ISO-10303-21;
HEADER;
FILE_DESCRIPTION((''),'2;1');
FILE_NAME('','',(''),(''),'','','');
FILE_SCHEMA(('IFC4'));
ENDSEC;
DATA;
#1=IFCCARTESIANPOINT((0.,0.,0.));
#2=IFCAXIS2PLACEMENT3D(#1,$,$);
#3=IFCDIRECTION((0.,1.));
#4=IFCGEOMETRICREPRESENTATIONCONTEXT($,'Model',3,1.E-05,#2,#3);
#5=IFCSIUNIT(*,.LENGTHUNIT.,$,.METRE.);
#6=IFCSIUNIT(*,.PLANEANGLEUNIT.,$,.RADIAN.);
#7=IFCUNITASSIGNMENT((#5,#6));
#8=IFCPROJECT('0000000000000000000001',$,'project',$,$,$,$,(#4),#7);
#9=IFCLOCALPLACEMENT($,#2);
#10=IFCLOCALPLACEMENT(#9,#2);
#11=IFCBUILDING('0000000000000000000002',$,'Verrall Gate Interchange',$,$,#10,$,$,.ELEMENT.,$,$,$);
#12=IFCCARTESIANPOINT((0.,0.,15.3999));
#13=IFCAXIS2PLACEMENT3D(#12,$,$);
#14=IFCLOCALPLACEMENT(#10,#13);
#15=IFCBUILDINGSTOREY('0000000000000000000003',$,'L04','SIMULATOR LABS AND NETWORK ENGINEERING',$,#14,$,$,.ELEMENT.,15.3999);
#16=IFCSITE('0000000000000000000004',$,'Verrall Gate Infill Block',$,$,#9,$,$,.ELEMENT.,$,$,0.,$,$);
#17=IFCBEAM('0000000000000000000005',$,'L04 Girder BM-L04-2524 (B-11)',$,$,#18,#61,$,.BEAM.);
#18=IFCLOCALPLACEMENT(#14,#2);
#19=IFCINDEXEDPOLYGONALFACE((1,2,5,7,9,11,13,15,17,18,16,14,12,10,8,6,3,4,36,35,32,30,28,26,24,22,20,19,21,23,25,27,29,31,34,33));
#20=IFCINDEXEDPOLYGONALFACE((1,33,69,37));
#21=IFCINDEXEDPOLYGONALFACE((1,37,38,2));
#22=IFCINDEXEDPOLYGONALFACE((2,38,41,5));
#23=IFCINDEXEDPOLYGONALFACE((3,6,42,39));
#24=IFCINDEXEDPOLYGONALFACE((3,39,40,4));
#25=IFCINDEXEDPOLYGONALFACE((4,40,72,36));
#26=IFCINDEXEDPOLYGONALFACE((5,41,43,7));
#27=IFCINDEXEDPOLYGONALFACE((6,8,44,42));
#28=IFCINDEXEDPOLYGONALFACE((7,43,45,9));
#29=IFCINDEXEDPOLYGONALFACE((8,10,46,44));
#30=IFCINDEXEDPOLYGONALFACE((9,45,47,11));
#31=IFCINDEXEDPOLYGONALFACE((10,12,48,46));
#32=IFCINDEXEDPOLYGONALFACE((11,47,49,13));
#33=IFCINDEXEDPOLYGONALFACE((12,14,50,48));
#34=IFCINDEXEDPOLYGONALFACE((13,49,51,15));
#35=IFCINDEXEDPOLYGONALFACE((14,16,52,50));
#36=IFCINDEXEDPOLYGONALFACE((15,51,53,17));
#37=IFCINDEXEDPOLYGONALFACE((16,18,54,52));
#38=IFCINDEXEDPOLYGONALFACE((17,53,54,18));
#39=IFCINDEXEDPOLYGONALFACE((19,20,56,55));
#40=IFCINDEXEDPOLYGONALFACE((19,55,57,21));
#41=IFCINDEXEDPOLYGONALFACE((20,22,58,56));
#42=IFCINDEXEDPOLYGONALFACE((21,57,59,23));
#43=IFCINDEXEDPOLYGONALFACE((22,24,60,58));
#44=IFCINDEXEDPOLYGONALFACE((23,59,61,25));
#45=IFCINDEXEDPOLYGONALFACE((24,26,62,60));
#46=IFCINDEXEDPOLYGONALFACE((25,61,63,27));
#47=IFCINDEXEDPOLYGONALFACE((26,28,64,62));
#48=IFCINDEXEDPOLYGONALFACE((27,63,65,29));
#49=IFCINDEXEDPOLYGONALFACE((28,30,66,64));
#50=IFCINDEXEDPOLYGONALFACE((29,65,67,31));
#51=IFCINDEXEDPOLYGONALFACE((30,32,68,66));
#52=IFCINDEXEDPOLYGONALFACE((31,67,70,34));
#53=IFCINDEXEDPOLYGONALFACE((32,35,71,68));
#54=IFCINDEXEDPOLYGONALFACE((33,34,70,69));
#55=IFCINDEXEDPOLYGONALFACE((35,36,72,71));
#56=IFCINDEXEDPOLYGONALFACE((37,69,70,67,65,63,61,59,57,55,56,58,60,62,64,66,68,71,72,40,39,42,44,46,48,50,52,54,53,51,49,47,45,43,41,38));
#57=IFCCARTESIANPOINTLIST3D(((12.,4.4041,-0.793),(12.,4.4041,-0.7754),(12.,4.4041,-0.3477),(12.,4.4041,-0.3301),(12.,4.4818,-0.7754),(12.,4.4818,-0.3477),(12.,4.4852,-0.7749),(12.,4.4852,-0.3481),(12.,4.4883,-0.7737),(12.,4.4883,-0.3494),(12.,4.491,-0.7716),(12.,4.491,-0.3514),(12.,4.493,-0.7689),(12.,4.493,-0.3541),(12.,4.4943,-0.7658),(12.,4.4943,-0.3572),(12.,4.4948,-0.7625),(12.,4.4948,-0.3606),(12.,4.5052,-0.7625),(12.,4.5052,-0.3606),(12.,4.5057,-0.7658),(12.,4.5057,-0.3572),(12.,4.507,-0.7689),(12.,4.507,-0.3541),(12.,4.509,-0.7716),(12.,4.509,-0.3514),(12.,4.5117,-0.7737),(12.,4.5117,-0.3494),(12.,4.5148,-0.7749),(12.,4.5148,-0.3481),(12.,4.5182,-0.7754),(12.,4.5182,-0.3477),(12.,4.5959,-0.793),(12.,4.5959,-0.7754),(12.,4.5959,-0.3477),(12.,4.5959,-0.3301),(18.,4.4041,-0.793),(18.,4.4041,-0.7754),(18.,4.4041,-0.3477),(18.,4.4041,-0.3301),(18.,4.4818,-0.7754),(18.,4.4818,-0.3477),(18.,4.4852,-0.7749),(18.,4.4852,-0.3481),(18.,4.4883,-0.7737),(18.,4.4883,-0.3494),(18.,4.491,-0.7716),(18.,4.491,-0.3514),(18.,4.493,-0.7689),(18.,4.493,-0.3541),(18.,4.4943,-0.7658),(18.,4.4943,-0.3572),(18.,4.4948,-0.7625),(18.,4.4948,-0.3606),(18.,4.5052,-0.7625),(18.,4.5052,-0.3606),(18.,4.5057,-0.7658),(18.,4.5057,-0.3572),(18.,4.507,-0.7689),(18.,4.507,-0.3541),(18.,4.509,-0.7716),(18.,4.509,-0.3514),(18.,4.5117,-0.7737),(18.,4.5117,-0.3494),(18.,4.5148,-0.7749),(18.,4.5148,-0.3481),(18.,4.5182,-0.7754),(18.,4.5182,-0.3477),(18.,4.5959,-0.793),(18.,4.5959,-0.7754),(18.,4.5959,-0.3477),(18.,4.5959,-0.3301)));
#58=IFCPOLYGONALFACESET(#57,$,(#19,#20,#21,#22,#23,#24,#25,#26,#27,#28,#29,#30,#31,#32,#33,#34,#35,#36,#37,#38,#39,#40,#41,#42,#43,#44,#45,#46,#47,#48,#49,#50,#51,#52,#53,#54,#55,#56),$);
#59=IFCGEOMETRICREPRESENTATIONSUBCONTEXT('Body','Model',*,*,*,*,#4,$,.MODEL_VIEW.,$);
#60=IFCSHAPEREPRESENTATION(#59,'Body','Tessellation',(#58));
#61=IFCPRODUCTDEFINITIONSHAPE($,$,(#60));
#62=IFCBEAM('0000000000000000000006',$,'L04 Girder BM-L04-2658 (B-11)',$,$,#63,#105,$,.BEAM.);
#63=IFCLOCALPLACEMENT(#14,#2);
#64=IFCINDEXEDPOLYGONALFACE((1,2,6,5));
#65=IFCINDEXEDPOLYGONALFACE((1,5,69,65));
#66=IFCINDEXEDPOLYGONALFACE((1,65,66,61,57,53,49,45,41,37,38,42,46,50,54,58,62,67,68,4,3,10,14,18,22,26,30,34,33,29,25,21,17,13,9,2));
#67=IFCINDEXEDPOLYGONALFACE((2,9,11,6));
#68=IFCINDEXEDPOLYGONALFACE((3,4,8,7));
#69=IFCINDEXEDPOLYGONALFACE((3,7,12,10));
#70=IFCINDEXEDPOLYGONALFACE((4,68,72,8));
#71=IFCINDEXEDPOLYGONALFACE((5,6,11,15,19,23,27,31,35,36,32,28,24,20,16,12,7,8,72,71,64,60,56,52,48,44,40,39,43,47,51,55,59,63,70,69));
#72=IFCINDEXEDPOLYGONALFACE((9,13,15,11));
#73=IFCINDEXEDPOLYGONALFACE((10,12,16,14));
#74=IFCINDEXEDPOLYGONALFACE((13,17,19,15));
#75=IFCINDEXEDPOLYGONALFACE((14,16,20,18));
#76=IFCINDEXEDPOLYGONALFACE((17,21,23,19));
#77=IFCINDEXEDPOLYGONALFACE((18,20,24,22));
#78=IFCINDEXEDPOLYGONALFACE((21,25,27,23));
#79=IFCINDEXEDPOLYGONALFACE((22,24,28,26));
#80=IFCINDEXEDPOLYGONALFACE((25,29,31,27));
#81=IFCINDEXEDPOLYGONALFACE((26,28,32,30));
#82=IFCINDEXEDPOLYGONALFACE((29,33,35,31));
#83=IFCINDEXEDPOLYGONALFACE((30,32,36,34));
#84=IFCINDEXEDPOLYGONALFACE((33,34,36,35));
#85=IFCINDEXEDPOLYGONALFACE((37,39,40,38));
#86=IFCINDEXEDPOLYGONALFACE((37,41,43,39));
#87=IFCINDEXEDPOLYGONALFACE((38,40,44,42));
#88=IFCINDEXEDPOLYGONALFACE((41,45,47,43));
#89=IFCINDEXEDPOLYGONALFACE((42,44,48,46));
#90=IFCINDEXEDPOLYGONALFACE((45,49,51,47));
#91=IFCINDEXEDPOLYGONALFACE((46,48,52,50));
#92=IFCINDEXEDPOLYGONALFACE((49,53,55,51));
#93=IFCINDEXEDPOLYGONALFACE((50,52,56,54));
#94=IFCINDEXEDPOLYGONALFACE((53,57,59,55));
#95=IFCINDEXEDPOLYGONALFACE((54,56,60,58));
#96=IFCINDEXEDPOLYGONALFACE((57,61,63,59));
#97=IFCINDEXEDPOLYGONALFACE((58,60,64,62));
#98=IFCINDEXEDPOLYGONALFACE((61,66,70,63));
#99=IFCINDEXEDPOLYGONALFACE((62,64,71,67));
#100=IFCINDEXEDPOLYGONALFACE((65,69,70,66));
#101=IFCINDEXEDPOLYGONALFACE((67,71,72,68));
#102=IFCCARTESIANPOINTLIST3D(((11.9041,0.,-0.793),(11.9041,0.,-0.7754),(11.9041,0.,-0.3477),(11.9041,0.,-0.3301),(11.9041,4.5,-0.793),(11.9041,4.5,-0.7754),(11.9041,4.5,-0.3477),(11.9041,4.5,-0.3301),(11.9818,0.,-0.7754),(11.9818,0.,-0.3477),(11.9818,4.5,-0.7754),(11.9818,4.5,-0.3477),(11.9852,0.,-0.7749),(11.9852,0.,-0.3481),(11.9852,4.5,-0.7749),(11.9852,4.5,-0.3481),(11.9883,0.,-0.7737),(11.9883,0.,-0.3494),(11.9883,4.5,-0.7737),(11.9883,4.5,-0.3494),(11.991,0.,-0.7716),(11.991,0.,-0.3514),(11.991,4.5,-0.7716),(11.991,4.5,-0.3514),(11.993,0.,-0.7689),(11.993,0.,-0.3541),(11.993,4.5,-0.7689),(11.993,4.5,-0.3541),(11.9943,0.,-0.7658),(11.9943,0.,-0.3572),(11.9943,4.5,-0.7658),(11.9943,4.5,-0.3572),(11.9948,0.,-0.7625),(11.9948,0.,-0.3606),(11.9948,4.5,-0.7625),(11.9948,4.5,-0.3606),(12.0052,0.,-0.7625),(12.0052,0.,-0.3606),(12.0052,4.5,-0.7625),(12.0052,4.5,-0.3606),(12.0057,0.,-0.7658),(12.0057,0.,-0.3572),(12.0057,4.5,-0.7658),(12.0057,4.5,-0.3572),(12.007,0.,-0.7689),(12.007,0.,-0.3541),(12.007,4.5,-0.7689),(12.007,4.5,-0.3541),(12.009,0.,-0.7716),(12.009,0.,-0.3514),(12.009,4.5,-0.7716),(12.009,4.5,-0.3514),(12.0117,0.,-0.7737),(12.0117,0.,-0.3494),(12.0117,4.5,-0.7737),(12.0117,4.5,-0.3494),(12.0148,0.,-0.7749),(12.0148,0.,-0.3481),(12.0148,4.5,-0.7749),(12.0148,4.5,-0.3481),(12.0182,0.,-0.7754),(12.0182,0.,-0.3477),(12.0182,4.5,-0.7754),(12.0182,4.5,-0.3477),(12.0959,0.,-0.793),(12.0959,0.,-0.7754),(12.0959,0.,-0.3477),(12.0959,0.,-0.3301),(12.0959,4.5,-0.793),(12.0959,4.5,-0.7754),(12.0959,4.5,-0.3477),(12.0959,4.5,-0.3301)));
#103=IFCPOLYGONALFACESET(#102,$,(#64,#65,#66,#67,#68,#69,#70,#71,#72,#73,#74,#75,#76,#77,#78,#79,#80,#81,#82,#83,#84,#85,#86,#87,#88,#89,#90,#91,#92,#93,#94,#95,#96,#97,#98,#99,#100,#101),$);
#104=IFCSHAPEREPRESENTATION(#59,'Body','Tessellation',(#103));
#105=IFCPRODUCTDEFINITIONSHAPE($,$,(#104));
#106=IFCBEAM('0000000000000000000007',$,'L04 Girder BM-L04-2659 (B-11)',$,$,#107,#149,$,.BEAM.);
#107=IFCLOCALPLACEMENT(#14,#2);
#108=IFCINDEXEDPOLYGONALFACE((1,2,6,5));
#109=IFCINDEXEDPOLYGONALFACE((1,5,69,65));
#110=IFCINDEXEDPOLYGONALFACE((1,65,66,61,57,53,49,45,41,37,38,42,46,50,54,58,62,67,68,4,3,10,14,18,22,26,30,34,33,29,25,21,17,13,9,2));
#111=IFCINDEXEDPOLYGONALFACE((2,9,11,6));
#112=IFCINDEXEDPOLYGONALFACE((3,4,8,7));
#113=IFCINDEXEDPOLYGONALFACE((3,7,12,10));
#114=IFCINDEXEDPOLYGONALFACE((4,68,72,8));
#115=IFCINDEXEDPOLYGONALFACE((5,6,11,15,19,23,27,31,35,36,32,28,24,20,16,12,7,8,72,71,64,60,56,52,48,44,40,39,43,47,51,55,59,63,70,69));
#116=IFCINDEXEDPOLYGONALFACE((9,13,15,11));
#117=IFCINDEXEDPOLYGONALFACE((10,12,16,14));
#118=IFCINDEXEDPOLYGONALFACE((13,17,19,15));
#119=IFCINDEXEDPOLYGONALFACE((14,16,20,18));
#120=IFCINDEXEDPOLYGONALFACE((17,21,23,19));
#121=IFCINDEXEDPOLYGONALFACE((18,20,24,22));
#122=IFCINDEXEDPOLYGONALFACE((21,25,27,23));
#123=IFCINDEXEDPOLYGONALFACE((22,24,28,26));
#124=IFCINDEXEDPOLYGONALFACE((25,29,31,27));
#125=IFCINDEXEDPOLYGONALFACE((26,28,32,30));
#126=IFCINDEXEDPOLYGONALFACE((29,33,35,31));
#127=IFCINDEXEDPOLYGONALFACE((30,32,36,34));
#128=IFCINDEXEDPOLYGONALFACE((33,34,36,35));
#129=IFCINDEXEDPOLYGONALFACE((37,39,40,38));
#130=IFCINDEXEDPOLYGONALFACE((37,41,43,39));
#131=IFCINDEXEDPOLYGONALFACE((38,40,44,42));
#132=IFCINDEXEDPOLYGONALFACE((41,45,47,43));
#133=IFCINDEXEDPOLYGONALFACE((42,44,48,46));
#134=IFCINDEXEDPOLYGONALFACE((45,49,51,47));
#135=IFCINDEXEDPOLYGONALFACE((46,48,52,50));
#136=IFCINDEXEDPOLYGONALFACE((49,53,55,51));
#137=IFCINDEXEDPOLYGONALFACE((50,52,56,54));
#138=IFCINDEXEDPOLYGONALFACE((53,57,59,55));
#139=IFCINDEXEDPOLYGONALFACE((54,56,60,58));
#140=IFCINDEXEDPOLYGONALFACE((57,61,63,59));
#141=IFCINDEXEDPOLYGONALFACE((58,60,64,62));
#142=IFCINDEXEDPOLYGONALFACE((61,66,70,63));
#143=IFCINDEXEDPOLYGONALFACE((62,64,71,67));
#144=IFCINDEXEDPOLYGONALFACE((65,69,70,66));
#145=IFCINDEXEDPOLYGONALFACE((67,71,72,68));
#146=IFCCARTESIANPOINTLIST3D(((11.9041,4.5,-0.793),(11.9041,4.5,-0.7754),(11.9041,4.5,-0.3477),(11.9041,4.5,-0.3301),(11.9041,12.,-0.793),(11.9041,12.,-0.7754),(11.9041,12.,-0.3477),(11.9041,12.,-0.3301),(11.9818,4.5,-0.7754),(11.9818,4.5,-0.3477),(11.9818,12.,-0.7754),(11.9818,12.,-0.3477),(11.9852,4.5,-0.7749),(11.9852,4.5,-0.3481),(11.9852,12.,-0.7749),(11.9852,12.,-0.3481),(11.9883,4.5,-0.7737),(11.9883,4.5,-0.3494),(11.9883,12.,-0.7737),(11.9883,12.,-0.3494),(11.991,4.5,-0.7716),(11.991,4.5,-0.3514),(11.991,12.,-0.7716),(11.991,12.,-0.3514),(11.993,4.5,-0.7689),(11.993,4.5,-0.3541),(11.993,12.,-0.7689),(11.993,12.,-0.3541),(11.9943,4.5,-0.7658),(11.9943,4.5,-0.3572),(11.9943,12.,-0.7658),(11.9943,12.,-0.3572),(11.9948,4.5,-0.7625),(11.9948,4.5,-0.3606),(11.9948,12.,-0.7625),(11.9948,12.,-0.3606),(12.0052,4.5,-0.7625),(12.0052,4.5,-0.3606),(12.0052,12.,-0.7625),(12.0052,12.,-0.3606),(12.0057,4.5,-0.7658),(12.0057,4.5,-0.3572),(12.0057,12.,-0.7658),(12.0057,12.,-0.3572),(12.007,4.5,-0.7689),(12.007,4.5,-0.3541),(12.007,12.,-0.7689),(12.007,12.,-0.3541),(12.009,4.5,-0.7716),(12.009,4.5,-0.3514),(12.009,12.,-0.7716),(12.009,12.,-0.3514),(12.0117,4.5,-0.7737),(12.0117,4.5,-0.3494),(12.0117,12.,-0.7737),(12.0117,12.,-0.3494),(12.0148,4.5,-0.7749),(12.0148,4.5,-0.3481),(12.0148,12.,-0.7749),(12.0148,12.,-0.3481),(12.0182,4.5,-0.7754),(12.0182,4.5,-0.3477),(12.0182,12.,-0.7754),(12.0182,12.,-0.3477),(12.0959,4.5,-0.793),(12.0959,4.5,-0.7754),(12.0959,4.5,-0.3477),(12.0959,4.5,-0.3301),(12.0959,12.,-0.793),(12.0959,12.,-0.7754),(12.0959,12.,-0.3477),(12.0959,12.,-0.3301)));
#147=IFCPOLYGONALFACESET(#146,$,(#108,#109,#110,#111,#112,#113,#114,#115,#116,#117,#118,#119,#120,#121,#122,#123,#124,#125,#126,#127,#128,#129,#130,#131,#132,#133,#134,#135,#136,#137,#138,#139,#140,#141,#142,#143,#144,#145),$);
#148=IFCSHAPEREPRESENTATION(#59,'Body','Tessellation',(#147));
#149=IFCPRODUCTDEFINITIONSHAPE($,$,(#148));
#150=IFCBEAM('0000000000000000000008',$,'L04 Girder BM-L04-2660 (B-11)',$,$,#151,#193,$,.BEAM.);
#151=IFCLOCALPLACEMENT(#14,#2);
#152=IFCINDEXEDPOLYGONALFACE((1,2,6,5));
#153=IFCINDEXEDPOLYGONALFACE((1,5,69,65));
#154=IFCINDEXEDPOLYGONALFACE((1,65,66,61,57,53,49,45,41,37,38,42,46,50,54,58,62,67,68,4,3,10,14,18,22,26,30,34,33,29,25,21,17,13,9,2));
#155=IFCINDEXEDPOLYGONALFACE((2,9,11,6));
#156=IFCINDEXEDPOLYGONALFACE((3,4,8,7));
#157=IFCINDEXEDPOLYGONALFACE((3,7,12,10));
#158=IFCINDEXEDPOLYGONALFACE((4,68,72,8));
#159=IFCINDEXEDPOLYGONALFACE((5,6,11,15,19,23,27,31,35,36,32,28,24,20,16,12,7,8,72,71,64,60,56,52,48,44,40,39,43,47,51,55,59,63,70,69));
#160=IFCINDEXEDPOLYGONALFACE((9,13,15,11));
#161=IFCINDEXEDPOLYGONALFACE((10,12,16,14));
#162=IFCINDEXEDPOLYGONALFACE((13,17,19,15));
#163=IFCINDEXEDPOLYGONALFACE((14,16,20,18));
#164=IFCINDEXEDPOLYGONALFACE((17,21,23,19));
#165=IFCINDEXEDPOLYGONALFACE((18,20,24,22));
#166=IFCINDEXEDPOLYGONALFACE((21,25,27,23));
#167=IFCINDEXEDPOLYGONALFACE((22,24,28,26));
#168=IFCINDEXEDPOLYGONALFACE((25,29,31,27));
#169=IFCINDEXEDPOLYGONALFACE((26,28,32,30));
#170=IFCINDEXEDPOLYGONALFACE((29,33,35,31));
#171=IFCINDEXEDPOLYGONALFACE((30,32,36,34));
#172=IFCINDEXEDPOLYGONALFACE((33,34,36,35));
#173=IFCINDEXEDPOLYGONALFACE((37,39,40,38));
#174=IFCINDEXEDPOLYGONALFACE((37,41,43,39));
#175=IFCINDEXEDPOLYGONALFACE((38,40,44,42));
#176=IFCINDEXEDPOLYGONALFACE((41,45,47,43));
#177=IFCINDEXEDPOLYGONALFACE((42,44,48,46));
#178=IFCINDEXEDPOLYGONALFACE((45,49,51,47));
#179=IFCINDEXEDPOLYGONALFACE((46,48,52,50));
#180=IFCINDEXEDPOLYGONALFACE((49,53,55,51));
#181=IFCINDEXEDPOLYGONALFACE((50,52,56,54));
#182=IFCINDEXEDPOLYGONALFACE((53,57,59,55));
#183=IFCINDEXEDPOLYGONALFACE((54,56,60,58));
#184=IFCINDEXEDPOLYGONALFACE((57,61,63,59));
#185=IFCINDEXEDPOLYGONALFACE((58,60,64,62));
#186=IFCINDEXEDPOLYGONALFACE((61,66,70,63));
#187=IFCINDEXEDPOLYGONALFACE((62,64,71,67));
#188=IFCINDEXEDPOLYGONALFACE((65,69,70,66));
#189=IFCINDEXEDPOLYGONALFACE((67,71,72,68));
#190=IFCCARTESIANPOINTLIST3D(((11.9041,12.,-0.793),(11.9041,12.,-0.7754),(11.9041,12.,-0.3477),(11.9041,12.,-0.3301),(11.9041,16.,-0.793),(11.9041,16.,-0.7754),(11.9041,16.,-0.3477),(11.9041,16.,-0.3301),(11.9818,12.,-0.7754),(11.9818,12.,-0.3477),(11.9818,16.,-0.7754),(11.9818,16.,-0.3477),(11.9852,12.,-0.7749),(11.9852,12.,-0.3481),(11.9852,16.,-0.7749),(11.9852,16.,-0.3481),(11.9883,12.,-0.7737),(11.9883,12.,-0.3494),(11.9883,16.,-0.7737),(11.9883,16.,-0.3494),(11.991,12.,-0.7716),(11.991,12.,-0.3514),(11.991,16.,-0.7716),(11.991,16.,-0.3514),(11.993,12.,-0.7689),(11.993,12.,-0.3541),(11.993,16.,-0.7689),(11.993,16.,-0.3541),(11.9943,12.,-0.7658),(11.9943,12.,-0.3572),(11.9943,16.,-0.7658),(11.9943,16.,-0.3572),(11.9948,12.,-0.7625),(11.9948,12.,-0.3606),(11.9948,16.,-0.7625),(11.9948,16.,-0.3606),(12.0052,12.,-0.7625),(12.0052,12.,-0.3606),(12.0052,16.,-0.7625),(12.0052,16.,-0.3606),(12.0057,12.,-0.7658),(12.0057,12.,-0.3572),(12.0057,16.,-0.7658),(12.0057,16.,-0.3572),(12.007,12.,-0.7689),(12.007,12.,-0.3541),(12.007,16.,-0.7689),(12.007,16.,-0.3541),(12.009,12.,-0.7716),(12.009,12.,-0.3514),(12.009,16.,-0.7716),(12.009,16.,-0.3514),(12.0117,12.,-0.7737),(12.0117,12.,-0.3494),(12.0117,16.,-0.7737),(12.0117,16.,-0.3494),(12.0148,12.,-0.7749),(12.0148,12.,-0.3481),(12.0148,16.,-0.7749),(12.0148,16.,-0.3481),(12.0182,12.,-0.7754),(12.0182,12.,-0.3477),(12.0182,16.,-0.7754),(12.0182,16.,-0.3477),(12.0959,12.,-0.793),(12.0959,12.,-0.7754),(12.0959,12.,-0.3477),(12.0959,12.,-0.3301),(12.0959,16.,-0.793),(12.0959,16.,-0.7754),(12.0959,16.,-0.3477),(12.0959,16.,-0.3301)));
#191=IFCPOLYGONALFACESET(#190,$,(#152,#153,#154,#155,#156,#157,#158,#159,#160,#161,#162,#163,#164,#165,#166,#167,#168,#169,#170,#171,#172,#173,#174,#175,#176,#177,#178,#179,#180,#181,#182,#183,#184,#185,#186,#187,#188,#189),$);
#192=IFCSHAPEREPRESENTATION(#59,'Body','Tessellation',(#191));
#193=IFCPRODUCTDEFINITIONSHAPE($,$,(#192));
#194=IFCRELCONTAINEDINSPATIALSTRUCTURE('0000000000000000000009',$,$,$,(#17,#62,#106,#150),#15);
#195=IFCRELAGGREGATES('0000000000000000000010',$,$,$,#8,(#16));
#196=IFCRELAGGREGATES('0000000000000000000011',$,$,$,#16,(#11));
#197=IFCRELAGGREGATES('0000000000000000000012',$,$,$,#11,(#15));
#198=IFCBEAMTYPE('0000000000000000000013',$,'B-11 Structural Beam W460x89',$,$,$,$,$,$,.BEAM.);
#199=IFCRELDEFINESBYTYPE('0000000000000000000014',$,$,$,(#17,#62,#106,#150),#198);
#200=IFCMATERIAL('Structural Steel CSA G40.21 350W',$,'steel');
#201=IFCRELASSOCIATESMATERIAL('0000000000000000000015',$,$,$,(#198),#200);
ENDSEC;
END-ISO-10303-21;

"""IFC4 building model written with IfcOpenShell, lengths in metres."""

from ifc_helpers import new_model, si_unit, direction, frame, origin, origin_2d, place, context, subcontext, project, spatial, i_section, extrude, material, material_profile, profile_set, type_object, element, save


model = new_model("IFC4")

# Units and contexts
model_context = context("Model", 3, precision=1e-05, world=origin(), true_north=direction((0.0, 1.0)))
body_context = subcontext(model_context, "Body", "Model", "MODEL_VIEW")
ifc_project = project(units=[si_unit("LENGTHUNIT", "METRE"), si_unit("PLANEANGLEUNIT", "RADIAN")], contexts=[model_context])

# Site, building, storey
site_placement = place(None, origin())
site = spatial("IfcSite", under=ifc_project, at=site_placement, Name="Verrall Gate Infill Block", CompositionType="ELEMENT", RefElevation=0.0)
building_placement = place(site_placement, origin())
building = spatial("IfcBuilding", under=site, at=building_placement, Name="Verrall Gate Interchange", CompositionType="ELEMENT")
storey_placement = place(building_placement, frame((0.0, 0.0, 15.3999)))
storey = spatial("IfcBuildingStorey", under=building, at=storey_placement, Name="L04", Description="SIMULATOR LABS AND NETWORK ENGINEERING", CompositionType="ELEMENT", Elevation=15.3999)

# Beams
ifc_material_1 = material(Name="Structural Steel CSA G40.21 350W", Category="steel")
ifc_material_profile_1 = material_profile(ifc_material_1, i_section(OverallWidth=0.1919, OverallDepth=0.4629, WebThickness=0.0105, FlangeThickness=0.0176, FilletRadius=0.0129, at=origin_2d()), Name="W460x89")
ifc_profile_set_1 = profile_set([ifc_material_profile_1], Name="Structural Steel CSA G40.21 350W")
beam_type_1 = type_object("IfcBeamType", Name="B-11 Structural Beam W460x89", PredefinedType="BEAM", material=ifc_profile_set_1)
beam_1_placement = place(storey_placement, frame((12.0, 4.5, -0.5615), z_axis=(1.0, 0.0, 0.0), x_axis=(0.0, 1.0, 0.0)))
element("IfcBeam", 1, at=beam_1_placement, inside=storey, type_object=beam_type_1, Name="L04 Girder BM-L04-2524 (B-11)", PredefinedType="BEAM", context=body_context, shape_type="SweptSolid", body=[
    extrude(i_section(OverallWidth=0.1919, OverallDepth=0.4629, WebThickness=0.0105, FlangeThickness=0.0176, FilletRadius=0.0129, at=origin_2d()), origin(), (0.0, 0.0, 1.0), 6.0),
])
beam_2_placement = place(storey_placement, frame((12.0, 0.0, -0.5615), z_axis=(0.0, 1.0, 0.0), x_axis=(-1.0, 0.0, 0.0)))
element("IfcBeam", 2, at=beam_2_placement, inside=storey, type_object=beam_type_1, Name="L04 Girder BM-L04-2658 (B-11)", PredefinedType="BEAM", context=body_context, shape_type="SweptSolid", body=[
    extrude(i_section(OverallWidth=0.1919, OverallDepth=0.4629, WebThickness=0.0105, FlangeThickness=0.0176, FilletRadius=0.0129, at=origin_2d()), origin(), (0.0, 0.0, 1.0), 4.5),
])
beam_3_placement = place(storey_placement, frame((12.0, 4.5, -0.5615), z_axis=(0.0, 1.0, 0.0), x_axis=(-1.0, 0.0, 0.0)))
element("IfcBeam", 3, at=beam_3_placement, inside=storey, type_object=beam_type_1, Name="L04 Girder BM-L04-2659 (B-11)", PredefinedType="BEAM", context=body_context, shape_type="SweptSolid", body=[
    extrude(i_section(OverallWidth=0.1919, OverallDepth=0.4629, WebThickness=0.0105, FlangeThickness=0.0176, FilletRadius=0.0129, at=origin_2d()), origin(), (0.0, 0.0, 1.0), 7.5),
])
beam_4_placement = place(storey_placement, frame((12.0, 12.0, -0.5615), z_axis=(0.0, 1.0, 0.0), x_axis=(-1.0, 0.0, 0.0)))
element("IfcBeam", 4, at=beam_4_placement, inside=storey, type_object=beam_type_1, Name="L04 Girder BM-L04-2660 (B-11)", PredefinedType="BEAM", context=body_context, shape_type="SweptSolid", body=[
    extrude(i_section(OverallWidth=0.1919, OverallDepth=0.4629, WebThickness=0.0105, FlangeThickness=0.0176, FilletRadius=0.0129, at=origin_2d()), origin(), (0.0, 0.0, 1.0), 4.0),
])

save(model, "model.ifc")
